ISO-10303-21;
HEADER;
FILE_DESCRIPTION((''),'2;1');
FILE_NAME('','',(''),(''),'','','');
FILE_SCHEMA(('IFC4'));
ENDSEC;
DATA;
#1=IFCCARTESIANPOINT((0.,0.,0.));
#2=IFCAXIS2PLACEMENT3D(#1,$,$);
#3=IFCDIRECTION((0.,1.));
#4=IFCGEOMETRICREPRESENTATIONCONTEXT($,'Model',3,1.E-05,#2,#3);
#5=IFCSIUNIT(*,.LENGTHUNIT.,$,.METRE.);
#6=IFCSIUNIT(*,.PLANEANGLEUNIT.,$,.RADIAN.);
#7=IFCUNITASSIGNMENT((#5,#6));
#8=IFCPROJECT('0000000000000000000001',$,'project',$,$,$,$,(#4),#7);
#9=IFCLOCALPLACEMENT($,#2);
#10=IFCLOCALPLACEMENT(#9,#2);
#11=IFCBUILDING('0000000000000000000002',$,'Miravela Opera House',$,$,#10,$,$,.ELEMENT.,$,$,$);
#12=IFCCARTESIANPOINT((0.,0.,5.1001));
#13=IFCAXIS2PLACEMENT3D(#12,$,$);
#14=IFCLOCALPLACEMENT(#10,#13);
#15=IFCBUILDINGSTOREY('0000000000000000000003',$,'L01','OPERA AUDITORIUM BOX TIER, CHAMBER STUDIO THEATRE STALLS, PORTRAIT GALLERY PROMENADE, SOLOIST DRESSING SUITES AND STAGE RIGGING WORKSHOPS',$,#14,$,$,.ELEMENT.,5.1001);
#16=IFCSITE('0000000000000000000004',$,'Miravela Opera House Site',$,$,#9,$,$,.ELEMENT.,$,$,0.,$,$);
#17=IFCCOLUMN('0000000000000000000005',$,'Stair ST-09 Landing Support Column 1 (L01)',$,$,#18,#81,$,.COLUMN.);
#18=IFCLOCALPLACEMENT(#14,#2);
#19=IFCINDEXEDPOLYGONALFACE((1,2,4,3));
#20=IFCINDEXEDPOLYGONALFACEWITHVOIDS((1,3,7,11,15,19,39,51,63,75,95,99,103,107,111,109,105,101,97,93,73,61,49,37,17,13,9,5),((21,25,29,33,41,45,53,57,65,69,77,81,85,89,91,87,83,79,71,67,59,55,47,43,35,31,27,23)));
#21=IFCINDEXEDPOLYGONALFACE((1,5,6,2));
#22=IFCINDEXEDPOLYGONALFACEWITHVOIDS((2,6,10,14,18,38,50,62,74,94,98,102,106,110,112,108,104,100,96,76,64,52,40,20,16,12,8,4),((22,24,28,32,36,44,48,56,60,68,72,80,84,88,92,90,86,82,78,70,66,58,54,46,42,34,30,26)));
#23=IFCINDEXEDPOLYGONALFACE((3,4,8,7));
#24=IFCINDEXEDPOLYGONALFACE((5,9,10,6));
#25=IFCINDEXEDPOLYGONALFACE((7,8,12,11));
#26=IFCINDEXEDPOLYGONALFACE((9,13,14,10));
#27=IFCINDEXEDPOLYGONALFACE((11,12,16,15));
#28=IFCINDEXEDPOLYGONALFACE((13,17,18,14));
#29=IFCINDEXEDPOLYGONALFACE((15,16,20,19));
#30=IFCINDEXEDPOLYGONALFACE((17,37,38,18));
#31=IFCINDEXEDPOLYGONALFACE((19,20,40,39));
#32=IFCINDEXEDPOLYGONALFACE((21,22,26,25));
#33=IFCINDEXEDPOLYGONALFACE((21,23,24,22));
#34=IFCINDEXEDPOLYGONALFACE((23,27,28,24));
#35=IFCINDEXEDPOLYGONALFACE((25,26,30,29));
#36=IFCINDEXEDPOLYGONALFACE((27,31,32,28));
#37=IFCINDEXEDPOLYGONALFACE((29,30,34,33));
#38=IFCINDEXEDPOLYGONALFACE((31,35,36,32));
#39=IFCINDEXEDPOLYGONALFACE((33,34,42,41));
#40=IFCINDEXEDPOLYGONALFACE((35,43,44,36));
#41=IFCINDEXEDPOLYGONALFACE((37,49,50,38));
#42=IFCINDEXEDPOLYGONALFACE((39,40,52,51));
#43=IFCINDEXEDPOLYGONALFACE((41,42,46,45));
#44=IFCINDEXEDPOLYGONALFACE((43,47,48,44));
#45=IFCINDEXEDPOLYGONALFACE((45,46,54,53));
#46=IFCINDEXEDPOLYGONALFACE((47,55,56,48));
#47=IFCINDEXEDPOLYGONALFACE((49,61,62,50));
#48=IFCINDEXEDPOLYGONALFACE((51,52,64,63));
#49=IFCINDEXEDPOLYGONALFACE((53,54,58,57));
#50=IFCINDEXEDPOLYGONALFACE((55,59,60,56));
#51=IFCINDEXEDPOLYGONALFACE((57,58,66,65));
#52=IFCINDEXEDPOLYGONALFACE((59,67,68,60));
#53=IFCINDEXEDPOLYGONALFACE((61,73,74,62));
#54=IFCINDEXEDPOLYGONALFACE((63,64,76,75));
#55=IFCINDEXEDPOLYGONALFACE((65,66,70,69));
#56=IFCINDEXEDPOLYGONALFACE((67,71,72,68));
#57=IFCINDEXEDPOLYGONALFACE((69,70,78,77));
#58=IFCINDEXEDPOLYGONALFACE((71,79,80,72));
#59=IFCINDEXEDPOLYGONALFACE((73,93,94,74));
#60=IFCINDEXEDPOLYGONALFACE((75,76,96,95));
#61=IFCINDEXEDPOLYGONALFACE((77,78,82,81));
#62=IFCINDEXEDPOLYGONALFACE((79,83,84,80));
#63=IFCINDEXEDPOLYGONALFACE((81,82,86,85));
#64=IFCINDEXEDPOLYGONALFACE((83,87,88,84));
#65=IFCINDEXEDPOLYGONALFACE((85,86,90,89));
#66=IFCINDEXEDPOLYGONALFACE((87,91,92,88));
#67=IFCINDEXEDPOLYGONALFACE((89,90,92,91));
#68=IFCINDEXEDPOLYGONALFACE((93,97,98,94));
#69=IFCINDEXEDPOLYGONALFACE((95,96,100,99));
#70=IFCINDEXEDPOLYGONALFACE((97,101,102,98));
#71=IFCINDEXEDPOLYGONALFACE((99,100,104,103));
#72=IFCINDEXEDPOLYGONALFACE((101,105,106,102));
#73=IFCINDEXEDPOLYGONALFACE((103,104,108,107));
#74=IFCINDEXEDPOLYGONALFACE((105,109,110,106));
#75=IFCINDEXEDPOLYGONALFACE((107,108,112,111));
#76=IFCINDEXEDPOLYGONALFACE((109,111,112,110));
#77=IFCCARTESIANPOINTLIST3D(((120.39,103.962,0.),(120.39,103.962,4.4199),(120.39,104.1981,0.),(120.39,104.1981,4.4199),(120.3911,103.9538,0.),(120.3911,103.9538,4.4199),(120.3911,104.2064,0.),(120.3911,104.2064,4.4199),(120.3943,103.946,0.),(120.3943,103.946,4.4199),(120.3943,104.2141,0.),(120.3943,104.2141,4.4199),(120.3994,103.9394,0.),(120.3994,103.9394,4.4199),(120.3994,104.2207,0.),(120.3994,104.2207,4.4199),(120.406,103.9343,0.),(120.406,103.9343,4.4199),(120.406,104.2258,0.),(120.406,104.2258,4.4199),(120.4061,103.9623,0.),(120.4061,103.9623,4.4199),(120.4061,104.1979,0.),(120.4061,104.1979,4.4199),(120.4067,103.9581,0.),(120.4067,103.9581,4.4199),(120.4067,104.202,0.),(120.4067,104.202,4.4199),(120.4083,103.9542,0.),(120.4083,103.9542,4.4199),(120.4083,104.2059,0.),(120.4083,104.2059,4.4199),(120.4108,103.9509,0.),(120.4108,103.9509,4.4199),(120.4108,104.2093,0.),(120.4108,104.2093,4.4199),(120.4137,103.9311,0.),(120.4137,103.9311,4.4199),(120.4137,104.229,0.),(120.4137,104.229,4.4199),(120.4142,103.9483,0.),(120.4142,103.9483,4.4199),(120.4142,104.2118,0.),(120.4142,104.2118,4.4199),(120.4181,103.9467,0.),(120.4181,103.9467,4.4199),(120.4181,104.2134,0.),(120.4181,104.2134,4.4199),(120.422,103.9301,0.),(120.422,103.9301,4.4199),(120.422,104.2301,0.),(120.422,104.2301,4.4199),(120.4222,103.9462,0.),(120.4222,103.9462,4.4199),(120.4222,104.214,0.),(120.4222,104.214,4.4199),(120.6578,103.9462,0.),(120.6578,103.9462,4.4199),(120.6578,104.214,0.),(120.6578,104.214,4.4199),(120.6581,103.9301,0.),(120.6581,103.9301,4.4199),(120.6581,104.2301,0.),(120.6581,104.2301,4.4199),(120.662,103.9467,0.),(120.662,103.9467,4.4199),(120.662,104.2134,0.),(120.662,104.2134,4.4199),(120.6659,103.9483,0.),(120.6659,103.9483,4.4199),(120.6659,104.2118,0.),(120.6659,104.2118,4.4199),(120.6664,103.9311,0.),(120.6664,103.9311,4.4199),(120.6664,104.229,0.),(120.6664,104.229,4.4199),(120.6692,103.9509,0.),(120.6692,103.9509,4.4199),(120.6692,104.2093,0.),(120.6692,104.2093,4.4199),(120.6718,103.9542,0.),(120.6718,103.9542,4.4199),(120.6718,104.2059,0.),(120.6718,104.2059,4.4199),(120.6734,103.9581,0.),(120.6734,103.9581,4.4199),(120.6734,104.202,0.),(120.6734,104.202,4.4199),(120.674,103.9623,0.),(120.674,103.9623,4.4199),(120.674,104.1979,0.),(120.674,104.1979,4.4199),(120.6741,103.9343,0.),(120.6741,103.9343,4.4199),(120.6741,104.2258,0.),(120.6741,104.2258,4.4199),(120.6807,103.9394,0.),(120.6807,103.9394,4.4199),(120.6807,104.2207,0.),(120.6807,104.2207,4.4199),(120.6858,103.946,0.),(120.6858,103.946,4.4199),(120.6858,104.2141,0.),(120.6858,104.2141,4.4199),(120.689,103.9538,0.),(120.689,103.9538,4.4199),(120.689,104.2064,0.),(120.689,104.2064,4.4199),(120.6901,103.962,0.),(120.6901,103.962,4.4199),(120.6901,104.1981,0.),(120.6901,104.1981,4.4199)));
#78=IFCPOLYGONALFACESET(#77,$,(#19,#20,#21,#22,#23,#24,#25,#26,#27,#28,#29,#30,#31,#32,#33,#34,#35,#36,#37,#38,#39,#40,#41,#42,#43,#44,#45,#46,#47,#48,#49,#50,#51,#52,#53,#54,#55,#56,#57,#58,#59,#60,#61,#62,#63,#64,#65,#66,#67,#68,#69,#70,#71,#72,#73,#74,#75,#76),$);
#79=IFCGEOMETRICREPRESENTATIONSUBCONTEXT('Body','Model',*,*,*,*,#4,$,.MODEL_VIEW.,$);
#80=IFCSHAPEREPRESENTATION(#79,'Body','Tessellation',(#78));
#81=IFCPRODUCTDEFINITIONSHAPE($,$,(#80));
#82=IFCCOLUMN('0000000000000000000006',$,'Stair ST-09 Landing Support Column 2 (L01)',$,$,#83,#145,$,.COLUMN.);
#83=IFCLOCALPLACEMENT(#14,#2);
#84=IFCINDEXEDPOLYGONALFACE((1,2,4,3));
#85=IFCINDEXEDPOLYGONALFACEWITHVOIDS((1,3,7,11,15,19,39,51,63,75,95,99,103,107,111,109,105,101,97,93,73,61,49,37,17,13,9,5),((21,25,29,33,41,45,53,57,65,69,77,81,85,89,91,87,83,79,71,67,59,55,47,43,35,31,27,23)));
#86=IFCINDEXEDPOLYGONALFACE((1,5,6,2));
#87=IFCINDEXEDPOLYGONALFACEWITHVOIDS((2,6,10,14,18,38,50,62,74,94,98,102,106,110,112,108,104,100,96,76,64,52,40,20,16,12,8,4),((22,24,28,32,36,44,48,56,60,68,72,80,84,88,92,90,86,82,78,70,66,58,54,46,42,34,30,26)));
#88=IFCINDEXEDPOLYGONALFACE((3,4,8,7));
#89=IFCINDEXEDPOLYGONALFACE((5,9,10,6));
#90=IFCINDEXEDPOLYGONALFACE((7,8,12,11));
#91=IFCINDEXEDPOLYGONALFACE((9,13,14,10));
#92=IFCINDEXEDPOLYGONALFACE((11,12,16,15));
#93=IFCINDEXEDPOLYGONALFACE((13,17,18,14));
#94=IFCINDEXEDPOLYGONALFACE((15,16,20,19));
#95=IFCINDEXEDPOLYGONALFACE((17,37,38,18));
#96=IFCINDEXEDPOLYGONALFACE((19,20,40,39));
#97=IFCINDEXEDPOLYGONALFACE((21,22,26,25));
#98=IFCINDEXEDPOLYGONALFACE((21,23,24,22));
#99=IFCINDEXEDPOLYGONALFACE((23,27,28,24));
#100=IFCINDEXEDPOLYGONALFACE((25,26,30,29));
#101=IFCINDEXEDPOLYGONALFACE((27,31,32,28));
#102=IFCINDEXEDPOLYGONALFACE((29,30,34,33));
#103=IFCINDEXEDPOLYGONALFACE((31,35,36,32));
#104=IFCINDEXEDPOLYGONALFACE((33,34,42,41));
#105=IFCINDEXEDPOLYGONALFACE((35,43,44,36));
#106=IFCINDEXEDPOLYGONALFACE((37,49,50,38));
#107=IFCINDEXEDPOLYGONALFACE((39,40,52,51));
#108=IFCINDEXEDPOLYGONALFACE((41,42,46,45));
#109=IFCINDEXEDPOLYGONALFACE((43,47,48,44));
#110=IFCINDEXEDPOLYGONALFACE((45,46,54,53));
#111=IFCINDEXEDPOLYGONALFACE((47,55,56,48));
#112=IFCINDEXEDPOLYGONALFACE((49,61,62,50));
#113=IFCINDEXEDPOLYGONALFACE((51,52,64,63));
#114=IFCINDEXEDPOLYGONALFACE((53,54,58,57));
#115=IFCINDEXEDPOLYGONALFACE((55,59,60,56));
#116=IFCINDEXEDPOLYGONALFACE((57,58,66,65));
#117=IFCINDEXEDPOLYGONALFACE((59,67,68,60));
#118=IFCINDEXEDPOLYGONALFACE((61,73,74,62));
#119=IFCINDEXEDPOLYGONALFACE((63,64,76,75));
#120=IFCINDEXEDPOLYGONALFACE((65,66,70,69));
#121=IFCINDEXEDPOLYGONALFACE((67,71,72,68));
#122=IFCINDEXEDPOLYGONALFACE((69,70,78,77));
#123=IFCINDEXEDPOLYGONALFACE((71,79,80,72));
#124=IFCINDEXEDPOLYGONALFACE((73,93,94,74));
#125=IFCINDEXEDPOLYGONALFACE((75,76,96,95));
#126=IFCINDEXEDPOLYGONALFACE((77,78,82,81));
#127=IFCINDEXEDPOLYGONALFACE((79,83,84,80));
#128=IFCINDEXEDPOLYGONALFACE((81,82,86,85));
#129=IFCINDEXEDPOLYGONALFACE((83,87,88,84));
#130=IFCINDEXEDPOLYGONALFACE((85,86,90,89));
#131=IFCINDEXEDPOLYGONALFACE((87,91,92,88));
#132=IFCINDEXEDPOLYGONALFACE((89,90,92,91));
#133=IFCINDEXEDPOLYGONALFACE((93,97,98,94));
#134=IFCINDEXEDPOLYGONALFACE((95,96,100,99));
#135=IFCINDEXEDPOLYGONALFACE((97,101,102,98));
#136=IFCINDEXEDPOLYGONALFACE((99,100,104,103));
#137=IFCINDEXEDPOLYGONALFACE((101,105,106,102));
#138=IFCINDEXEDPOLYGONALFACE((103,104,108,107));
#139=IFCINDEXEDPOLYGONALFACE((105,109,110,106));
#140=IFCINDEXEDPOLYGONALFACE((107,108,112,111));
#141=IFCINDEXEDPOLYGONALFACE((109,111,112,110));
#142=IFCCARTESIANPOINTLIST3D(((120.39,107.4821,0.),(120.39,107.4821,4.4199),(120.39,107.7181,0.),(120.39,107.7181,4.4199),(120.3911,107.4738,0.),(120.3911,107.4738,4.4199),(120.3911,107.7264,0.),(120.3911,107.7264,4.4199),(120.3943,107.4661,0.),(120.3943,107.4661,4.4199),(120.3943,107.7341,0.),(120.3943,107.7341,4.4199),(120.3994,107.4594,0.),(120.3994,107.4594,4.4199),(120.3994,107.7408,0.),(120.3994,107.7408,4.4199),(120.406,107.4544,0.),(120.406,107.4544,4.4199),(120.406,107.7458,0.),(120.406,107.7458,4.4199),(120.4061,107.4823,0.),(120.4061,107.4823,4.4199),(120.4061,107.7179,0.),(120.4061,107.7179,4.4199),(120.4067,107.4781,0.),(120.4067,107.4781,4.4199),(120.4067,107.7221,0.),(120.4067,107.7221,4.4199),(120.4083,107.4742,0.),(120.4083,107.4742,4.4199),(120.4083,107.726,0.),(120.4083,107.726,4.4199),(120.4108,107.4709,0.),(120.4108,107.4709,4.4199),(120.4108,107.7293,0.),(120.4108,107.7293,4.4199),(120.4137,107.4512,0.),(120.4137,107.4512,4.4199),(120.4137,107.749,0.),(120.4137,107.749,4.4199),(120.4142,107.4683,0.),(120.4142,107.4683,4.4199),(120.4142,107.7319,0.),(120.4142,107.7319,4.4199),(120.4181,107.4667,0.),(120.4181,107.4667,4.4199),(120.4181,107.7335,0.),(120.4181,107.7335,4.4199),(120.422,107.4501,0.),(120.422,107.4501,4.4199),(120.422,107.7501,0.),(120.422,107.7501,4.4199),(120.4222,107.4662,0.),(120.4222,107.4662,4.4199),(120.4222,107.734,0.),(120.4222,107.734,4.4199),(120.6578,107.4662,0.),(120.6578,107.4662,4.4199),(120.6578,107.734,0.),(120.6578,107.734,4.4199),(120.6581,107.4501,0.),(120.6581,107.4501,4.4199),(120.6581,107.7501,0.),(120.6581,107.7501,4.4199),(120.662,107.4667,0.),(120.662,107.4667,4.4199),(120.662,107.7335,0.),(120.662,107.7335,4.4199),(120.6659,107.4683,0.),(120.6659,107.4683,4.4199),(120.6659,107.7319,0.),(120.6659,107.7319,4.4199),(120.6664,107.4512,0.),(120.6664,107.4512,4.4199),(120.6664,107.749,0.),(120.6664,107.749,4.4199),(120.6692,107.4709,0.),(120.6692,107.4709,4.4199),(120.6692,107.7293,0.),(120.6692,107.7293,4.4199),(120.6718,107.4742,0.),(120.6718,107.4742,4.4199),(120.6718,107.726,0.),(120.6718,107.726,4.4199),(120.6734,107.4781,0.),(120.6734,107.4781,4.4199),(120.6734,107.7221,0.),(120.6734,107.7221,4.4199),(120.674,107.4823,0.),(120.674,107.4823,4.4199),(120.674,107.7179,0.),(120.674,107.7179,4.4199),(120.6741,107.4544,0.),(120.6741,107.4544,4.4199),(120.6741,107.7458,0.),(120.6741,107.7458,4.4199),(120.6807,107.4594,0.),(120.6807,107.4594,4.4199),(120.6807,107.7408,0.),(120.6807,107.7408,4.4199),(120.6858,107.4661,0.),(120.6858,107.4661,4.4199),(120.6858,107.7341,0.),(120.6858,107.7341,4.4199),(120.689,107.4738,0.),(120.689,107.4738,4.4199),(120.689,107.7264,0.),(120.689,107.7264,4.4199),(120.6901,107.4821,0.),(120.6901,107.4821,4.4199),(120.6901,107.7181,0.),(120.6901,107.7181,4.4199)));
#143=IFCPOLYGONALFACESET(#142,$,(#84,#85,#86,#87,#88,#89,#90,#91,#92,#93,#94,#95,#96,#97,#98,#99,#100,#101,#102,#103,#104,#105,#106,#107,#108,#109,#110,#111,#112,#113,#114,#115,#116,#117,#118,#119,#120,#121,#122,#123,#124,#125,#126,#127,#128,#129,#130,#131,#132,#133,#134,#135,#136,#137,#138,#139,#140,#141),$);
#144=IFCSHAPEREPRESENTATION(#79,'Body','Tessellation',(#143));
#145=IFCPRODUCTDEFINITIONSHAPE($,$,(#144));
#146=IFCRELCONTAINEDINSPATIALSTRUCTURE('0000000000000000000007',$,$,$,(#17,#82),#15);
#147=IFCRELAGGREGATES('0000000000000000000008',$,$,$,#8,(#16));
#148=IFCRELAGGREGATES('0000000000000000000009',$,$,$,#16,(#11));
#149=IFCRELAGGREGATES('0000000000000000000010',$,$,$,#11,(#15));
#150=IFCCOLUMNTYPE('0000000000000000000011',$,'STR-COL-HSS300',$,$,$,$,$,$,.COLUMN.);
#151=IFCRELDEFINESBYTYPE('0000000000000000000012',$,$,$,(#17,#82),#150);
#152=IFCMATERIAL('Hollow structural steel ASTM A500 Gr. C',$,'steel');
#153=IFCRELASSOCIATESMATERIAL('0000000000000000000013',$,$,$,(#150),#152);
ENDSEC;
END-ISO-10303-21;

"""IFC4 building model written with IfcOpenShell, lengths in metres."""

from ifc_helpers import new_model, si_unit, direction, frame, origin, origin_2d, place, context, subcontext, project, spatial, hollow_rectangle, extrude, material, material_profile, profile_set, type_object, element, save


model = new_model("IFC4")

# Units and contexts
model_context = context("Model", 3, precision=1e-05, world=origin(), true_north=direction((0.0, 1.0)))
body_context = subcontext(model_context, "Body", "Model", "MODEL_VIEW")
ifc_project = project(units=[si_unit("LENGTHUNIT", "METRE"), si_unit("PLANEANGLEUNIT", "RADIAN")], contexts=[model_context])

# Site, building, storey
site_placement = place(None, origin())
site = spatial("IfcSite", under=ifc_project, at=site_placement, Name="Miravela Opera House Site", CompositionType="ELEMENT", RefElevation=0.0)
building_placement = place(site_placement, origin())
building = spatial("IfcBuilding", under=site, at=building_placement, Name="Miravela Opera House", CompositionType="ELEMENT")
storey_placement = place(building_placement, frame((0.0, 0.0, 5.1001)))
storey = spatial("IfcBuildingStorey", under=building, at=storey_placement, Name="L01", Description="OPERA AUDITORIUM BOX TIER, CHAMBER STUDIO THEATRE STALLS, PORTRAIT GALLERY PROMENADE, SOLOIST DRESSING SUITES AND STAGE RIGGING WORKSHOPS", CompositionType="ELEMENT", Elevation=5.1001)

# Columns
ifc_material_1 = material(Name="Hollow structural steel ASTM A500 Gr. C", Category="steel")
ifc_material_profile_1 = material_profile(ifc_material_1, hollow_rectangle(XDim=0.3, YDim=0.3, WallThickness=0.0161, InnerFilletRadius=0.0161, OuterFilletRadius=0.032, at=origin_2d()), Name="HSS300X300X16")
ifc_profile_set_1 = profile_set([ifc_material_profile_1])
column_type = type_object("IfcColumnType", Name="STR-COL-HSS300", PredefinedType="COLUMN", material=ifc_profile_set_1)
for number, where, z_axis, x_axis, name in (
    (1, (120.54, 104.0801, 0.0), (0.0, 0.0, 1.0), (1.0, 0.0, 0.0), "Stair ST-09 Landing Support Column 1 (L01)"),
    (2, (120.54, 107.6001, 0.0), (0.0, 0.0, 1.0), (1.0, 0.0, 0.0), "Stair ST-09 Landing Support Column 2 (L01)"),
):
    element("IfcColumn", number, at=place(storey_placement, frame(where, z_axis=z_axis, x_axis=x_axis)), inside=storey, type_object=column_type, Name=name, PredefinedType="COLUMN", context=body_context, shape_type="SweptSolid", body=[
        extrude(hollow_rectangle(XDim=0.3, YDim=0.3, WallThickness=0.0161, InnerFilletRadius=0.0161, OuterFilletRadius=0.032, at=origin_2d()), origin(), (0.0, 0.0, 1.0), 4.4199),
    ])

save(model, "model.ifc")
